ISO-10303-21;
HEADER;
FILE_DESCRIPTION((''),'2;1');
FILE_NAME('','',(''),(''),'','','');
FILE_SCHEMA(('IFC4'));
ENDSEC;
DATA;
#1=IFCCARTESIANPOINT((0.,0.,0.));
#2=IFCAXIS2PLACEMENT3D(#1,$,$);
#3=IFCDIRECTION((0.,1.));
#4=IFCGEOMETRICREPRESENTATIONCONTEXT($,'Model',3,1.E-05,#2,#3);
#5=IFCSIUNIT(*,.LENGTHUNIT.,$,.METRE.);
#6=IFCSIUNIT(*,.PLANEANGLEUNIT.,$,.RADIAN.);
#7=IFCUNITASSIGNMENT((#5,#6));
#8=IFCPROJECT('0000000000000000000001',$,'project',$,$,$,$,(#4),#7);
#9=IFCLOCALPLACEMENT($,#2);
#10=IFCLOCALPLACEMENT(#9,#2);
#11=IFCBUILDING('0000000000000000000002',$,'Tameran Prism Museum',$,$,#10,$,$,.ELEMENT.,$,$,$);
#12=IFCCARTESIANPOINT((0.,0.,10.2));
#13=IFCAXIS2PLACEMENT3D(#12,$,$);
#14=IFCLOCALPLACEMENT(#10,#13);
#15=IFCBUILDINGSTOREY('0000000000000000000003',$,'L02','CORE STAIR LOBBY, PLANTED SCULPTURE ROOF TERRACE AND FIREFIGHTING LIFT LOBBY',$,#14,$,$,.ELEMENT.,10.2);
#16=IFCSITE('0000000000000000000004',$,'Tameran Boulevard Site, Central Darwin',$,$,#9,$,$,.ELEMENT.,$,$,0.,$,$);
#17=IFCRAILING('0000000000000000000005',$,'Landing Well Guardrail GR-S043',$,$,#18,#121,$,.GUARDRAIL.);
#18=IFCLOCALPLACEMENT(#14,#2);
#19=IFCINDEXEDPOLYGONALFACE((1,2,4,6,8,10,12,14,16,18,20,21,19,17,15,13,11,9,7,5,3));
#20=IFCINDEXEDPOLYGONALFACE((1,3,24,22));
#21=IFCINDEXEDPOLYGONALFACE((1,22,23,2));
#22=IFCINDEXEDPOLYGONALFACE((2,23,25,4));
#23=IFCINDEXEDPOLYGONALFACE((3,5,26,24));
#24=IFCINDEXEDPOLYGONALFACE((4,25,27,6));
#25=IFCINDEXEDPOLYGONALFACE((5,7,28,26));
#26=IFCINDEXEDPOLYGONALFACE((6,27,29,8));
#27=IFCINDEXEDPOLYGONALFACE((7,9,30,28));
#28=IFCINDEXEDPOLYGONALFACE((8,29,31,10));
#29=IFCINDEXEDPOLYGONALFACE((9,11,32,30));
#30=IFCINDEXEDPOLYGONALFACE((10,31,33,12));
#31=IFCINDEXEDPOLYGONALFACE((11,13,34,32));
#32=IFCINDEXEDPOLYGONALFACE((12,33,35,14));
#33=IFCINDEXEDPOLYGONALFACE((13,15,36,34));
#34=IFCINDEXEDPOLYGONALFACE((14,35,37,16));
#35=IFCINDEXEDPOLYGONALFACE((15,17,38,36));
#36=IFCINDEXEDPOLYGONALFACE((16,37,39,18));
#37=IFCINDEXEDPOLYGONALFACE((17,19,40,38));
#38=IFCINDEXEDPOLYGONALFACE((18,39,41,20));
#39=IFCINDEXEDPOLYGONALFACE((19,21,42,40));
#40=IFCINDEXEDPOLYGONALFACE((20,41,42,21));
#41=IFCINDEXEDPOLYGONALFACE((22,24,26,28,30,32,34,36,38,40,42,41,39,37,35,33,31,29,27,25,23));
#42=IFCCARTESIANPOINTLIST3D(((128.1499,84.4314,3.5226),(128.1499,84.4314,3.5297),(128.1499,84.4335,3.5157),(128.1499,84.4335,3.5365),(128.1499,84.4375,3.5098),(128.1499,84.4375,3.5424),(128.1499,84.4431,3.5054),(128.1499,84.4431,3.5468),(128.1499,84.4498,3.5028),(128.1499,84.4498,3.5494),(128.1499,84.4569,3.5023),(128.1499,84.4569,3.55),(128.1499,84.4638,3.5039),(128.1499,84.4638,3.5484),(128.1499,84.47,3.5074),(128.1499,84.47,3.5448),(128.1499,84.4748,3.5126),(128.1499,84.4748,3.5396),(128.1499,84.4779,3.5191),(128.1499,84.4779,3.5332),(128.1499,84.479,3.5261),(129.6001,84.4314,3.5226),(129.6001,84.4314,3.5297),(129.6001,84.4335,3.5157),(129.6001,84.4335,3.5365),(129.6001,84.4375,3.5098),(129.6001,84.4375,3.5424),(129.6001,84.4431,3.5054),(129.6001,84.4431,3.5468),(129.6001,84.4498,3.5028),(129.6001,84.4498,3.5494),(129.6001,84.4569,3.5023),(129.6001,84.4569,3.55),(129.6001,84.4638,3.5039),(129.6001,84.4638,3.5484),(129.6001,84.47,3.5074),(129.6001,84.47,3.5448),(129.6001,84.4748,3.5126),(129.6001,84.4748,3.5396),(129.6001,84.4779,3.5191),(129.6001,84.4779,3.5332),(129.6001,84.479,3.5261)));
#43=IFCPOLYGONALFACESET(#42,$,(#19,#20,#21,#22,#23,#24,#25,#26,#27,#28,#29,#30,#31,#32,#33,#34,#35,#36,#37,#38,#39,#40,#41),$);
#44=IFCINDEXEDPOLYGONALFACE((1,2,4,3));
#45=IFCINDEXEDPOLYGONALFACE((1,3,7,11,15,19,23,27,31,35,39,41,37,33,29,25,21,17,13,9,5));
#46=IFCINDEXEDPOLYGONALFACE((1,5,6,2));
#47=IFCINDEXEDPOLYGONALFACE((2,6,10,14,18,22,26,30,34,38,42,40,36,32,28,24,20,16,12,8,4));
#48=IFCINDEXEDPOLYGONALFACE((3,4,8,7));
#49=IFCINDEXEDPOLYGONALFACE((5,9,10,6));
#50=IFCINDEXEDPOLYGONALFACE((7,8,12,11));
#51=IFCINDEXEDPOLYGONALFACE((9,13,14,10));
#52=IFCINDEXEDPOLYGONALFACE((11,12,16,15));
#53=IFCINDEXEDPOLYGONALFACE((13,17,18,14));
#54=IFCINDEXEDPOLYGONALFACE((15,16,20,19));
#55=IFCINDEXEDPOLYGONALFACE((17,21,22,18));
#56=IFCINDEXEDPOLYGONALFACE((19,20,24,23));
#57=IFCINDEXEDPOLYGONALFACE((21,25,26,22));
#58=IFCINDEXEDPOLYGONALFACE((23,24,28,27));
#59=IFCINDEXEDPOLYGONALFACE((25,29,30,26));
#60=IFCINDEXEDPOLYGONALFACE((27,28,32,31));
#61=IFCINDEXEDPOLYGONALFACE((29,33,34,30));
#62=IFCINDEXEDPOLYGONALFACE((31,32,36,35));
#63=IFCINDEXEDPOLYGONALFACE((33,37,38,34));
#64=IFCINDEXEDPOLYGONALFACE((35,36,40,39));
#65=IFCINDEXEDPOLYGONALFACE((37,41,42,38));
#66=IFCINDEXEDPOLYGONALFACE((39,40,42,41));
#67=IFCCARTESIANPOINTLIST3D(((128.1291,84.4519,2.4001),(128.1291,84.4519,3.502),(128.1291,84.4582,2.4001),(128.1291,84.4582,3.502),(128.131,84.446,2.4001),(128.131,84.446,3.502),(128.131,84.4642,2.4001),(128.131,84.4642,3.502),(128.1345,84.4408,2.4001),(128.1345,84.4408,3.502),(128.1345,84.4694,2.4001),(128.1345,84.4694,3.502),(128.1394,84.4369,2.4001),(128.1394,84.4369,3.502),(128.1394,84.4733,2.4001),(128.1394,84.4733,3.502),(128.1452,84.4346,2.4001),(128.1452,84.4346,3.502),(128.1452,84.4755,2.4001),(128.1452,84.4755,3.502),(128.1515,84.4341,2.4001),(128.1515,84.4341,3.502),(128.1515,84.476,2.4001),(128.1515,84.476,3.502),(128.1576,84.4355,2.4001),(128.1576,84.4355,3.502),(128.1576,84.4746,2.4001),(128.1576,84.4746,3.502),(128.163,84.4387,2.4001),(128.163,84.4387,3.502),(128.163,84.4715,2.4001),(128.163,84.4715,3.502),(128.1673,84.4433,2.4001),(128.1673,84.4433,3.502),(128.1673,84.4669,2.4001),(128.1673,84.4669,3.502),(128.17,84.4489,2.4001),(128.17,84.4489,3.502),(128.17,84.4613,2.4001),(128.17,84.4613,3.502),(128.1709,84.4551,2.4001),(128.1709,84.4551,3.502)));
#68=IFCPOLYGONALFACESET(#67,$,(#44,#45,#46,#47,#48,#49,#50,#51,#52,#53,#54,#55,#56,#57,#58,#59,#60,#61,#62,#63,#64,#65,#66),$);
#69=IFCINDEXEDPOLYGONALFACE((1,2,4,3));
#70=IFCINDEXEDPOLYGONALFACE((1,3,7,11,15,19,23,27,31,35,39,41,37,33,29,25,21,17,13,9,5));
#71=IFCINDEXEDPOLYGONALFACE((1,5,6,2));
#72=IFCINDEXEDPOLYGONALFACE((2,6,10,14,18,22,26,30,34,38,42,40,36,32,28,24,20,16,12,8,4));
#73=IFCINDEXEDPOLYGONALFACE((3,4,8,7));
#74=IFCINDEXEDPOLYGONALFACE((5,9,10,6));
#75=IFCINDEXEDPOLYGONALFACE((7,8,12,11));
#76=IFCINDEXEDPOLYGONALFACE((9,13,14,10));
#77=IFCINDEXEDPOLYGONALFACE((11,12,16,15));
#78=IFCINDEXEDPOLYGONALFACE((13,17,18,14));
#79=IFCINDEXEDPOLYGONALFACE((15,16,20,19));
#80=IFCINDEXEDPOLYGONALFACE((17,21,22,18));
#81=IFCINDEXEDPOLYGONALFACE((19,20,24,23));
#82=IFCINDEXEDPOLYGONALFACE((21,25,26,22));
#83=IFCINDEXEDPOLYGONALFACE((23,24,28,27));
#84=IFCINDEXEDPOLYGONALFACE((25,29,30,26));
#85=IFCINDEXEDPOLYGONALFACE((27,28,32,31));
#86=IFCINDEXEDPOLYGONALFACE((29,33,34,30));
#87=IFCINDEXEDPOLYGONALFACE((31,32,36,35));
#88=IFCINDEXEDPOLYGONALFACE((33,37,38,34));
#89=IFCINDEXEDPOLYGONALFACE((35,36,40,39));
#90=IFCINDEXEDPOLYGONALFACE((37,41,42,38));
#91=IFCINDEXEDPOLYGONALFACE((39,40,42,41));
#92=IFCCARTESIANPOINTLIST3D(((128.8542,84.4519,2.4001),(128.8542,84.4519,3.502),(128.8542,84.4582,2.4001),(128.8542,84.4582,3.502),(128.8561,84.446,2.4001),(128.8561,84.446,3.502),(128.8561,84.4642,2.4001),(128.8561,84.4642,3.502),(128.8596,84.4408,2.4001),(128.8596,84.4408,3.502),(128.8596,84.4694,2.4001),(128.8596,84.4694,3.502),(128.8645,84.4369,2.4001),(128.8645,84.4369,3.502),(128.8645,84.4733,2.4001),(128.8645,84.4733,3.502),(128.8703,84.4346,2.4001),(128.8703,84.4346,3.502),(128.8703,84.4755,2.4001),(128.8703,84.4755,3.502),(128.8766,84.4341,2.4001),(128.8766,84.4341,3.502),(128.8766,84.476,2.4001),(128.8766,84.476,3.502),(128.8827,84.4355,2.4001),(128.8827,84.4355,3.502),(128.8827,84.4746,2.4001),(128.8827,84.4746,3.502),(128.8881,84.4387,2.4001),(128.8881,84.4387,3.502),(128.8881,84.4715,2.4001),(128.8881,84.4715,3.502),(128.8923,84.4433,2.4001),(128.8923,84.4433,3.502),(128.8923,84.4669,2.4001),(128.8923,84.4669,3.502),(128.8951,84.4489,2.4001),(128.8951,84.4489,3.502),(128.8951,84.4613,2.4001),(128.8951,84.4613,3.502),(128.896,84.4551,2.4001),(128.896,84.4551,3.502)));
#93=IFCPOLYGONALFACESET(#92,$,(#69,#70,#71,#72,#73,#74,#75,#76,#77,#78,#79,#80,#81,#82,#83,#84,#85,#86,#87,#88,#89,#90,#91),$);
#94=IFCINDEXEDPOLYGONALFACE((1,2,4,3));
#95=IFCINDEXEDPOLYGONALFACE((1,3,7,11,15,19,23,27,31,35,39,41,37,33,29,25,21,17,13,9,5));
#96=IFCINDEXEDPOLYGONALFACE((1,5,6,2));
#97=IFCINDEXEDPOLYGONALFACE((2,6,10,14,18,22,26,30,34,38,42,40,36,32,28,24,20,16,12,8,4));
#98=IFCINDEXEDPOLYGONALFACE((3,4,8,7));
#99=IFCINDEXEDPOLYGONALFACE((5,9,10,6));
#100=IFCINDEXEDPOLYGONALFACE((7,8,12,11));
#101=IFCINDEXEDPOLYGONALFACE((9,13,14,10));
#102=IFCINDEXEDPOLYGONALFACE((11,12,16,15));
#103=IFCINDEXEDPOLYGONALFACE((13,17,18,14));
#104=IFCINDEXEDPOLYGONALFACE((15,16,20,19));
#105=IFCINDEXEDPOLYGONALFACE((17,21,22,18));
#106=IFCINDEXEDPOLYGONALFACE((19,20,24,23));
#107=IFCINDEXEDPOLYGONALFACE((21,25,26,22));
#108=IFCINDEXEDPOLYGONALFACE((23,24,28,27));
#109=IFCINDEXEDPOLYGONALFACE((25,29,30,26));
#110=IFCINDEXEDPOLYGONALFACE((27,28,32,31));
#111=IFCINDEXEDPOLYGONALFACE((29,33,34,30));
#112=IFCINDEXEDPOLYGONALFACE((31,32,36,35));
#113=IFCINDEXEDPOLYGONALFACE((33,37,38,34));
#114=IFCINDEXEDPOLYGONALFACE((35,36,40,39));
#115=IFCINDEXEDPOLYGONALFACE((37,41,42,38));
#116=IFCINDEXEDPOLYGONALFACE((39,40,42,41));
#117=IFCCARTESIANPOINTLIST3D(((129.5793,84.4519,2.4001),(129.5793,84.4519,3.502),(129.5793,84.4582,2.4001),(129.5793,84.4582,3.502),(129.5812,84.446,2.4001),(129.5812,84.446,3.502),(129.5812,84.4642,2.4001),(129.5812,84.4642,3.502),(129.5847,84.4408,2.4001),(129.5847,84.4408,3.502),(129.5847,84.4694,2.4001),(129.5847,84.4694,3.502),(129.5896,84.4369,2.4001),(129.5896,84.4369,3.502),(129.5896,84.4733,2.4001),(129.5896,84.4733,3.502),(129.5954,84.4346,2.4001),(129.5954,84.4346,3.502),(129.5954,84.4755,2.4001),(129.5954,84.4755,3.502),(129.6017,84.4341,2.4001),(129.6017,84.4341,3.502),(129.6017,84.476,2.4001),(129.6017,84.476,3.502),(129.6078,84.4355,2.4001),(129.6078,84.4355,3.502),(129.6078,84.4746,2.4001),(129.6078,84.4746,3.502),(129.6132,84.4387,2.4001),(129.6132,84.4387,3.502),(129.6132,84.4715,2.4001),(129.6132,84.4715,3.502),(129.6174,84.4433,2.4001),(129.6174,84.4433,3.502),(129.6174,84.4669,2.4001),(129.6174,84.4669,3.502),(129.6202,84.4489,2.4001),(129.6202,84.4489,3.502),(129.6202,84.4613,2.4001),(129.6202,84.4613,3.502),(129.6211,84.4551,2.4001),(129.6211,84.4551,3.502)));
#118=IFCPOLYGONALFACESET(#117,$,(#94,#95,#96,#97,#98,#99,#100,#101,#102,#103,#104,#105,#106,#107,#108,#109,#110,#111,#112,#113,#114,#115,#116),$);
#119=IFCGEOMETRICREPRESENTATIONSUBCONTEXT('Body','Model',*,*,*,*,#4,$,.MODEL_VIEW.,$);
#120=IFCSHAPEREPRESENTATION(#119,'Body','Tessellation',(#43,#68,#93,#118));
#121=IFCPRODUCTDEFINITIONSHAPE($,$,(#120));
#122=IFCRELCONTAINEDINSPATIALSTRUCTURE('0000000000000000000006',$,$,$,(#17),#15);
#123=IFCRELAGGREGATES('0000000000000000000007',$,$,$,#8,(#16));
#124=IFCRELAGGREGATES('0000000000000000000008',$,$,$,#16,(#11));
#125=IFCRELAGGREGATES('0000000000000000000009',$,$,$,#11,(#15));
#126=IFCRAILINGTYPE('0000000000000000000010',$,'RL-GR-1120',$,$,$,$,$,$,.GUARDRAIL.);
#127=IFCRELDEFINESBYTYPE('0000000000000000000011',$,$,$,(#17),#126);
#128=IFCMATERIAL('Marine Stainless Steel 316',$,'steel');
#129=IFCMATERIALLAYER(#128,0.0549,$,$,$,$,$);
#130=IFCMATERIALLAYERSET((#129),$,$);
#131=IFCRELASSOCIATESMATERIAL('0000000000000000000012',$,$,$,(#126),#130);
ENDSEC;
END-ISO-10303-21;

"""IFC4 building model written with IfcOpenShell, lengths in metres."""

from ifc_helpers import new_model, si_unit, direction, frame, origin, origin_2d, place, context, subcontext, project, spatial, circle, extrude, material, layer, layer_set, type_object, element, save


model = new_model("IFC4")

# Units and contexts
model_context = context("Model", 3, precision=1e-05, world=origin(), true_north=direction((0.0, 1.0)))
body_context = subcontext(model_context, "Body", "Model", "MODEL_VIEW")
ifc_project = project(units=[si_unit("LENGTHUNIT", "METRE"), si_unit("PLANEANGLEUNIT", "RADIAN")], contexts=[model_context])

# Site, building, storey
site_placement = place(None, origin())
site = spatial("IfcSite", under=ifc_project, at=site_placement, Name="Tameran Boulevard Site, Central Darwin", CompositionType="ELEMENT", RefElevation=0.0)
building_placement = place(site_placement, origin())
building = spatial("IfcBuilding", under=site, at=building_placement, Name="Tameran Prism Museum", CompositionType="ELEMENT")
storey_placement = place(building_placement, frame((0.0, 0.0, 10.2)))
storey = spatial("IfcBuildingStorey", under=building, at=storey_placement, Name="L02", Description="CORE STAIR LOBBY, PLANTED SCULPTURE ROOF TERRACE AND FIREFIGHTING LIFT LOBBY", CompositionType="ELEMENT", Elevation=10.2)

# Railing
ifc_material_1 = material(Name="Marine Stainless Steel 316", Category="steel")
ifc_layer_1 = layer(ifc_material_1, 0.0549)
ifc_layer_set_1 = layer_set([ifc_layer_1])
railing_type_1 = type_object("IfcRailingType", Name="RL-GR-1120", PredefinedType="GUARDRAIL", material=ifc_layer_set_1)
railing_1_placement = place(storey_placement, frame((128.1499, 84.4551, 2.4001)))
element("IfcRailing", 1, at=railing_1_placement, inside=storey, type_object=railing_type_1, Name="Landing Well Guardrail GR-S043", PredefinedType="GUARDRAIL", context=body_context, shape_type="SweptSolid", body=[
    extrude(circle(Radius=0.0239, at=origin_2d()), frame((0.0, 0.0, 1.126), z_axis=(1.0, 0.0, 0.0), x_axis=(0.0, 1.0, 0.0)), (0.0, 0.0, 1.0), 1.4502),
    extrude(circle(Radius=0.021, at=origin_2d()), origin(), (0.0, 0.0, 1.0), 1.1018),
    extrude(circle(Radius=0.021, at=origin_2d()), frame((0.7251, 0.0, 0.0)), (0.0, 0.0, 1.0), 1.1018),
    extrude(circle(Radius=0.021, at=origin_2d()), frame((1.4502, 0.0, 0.0)), (0.0, 0.0, 1.0), 1.1018),
])

save(model, "model.ifc")
